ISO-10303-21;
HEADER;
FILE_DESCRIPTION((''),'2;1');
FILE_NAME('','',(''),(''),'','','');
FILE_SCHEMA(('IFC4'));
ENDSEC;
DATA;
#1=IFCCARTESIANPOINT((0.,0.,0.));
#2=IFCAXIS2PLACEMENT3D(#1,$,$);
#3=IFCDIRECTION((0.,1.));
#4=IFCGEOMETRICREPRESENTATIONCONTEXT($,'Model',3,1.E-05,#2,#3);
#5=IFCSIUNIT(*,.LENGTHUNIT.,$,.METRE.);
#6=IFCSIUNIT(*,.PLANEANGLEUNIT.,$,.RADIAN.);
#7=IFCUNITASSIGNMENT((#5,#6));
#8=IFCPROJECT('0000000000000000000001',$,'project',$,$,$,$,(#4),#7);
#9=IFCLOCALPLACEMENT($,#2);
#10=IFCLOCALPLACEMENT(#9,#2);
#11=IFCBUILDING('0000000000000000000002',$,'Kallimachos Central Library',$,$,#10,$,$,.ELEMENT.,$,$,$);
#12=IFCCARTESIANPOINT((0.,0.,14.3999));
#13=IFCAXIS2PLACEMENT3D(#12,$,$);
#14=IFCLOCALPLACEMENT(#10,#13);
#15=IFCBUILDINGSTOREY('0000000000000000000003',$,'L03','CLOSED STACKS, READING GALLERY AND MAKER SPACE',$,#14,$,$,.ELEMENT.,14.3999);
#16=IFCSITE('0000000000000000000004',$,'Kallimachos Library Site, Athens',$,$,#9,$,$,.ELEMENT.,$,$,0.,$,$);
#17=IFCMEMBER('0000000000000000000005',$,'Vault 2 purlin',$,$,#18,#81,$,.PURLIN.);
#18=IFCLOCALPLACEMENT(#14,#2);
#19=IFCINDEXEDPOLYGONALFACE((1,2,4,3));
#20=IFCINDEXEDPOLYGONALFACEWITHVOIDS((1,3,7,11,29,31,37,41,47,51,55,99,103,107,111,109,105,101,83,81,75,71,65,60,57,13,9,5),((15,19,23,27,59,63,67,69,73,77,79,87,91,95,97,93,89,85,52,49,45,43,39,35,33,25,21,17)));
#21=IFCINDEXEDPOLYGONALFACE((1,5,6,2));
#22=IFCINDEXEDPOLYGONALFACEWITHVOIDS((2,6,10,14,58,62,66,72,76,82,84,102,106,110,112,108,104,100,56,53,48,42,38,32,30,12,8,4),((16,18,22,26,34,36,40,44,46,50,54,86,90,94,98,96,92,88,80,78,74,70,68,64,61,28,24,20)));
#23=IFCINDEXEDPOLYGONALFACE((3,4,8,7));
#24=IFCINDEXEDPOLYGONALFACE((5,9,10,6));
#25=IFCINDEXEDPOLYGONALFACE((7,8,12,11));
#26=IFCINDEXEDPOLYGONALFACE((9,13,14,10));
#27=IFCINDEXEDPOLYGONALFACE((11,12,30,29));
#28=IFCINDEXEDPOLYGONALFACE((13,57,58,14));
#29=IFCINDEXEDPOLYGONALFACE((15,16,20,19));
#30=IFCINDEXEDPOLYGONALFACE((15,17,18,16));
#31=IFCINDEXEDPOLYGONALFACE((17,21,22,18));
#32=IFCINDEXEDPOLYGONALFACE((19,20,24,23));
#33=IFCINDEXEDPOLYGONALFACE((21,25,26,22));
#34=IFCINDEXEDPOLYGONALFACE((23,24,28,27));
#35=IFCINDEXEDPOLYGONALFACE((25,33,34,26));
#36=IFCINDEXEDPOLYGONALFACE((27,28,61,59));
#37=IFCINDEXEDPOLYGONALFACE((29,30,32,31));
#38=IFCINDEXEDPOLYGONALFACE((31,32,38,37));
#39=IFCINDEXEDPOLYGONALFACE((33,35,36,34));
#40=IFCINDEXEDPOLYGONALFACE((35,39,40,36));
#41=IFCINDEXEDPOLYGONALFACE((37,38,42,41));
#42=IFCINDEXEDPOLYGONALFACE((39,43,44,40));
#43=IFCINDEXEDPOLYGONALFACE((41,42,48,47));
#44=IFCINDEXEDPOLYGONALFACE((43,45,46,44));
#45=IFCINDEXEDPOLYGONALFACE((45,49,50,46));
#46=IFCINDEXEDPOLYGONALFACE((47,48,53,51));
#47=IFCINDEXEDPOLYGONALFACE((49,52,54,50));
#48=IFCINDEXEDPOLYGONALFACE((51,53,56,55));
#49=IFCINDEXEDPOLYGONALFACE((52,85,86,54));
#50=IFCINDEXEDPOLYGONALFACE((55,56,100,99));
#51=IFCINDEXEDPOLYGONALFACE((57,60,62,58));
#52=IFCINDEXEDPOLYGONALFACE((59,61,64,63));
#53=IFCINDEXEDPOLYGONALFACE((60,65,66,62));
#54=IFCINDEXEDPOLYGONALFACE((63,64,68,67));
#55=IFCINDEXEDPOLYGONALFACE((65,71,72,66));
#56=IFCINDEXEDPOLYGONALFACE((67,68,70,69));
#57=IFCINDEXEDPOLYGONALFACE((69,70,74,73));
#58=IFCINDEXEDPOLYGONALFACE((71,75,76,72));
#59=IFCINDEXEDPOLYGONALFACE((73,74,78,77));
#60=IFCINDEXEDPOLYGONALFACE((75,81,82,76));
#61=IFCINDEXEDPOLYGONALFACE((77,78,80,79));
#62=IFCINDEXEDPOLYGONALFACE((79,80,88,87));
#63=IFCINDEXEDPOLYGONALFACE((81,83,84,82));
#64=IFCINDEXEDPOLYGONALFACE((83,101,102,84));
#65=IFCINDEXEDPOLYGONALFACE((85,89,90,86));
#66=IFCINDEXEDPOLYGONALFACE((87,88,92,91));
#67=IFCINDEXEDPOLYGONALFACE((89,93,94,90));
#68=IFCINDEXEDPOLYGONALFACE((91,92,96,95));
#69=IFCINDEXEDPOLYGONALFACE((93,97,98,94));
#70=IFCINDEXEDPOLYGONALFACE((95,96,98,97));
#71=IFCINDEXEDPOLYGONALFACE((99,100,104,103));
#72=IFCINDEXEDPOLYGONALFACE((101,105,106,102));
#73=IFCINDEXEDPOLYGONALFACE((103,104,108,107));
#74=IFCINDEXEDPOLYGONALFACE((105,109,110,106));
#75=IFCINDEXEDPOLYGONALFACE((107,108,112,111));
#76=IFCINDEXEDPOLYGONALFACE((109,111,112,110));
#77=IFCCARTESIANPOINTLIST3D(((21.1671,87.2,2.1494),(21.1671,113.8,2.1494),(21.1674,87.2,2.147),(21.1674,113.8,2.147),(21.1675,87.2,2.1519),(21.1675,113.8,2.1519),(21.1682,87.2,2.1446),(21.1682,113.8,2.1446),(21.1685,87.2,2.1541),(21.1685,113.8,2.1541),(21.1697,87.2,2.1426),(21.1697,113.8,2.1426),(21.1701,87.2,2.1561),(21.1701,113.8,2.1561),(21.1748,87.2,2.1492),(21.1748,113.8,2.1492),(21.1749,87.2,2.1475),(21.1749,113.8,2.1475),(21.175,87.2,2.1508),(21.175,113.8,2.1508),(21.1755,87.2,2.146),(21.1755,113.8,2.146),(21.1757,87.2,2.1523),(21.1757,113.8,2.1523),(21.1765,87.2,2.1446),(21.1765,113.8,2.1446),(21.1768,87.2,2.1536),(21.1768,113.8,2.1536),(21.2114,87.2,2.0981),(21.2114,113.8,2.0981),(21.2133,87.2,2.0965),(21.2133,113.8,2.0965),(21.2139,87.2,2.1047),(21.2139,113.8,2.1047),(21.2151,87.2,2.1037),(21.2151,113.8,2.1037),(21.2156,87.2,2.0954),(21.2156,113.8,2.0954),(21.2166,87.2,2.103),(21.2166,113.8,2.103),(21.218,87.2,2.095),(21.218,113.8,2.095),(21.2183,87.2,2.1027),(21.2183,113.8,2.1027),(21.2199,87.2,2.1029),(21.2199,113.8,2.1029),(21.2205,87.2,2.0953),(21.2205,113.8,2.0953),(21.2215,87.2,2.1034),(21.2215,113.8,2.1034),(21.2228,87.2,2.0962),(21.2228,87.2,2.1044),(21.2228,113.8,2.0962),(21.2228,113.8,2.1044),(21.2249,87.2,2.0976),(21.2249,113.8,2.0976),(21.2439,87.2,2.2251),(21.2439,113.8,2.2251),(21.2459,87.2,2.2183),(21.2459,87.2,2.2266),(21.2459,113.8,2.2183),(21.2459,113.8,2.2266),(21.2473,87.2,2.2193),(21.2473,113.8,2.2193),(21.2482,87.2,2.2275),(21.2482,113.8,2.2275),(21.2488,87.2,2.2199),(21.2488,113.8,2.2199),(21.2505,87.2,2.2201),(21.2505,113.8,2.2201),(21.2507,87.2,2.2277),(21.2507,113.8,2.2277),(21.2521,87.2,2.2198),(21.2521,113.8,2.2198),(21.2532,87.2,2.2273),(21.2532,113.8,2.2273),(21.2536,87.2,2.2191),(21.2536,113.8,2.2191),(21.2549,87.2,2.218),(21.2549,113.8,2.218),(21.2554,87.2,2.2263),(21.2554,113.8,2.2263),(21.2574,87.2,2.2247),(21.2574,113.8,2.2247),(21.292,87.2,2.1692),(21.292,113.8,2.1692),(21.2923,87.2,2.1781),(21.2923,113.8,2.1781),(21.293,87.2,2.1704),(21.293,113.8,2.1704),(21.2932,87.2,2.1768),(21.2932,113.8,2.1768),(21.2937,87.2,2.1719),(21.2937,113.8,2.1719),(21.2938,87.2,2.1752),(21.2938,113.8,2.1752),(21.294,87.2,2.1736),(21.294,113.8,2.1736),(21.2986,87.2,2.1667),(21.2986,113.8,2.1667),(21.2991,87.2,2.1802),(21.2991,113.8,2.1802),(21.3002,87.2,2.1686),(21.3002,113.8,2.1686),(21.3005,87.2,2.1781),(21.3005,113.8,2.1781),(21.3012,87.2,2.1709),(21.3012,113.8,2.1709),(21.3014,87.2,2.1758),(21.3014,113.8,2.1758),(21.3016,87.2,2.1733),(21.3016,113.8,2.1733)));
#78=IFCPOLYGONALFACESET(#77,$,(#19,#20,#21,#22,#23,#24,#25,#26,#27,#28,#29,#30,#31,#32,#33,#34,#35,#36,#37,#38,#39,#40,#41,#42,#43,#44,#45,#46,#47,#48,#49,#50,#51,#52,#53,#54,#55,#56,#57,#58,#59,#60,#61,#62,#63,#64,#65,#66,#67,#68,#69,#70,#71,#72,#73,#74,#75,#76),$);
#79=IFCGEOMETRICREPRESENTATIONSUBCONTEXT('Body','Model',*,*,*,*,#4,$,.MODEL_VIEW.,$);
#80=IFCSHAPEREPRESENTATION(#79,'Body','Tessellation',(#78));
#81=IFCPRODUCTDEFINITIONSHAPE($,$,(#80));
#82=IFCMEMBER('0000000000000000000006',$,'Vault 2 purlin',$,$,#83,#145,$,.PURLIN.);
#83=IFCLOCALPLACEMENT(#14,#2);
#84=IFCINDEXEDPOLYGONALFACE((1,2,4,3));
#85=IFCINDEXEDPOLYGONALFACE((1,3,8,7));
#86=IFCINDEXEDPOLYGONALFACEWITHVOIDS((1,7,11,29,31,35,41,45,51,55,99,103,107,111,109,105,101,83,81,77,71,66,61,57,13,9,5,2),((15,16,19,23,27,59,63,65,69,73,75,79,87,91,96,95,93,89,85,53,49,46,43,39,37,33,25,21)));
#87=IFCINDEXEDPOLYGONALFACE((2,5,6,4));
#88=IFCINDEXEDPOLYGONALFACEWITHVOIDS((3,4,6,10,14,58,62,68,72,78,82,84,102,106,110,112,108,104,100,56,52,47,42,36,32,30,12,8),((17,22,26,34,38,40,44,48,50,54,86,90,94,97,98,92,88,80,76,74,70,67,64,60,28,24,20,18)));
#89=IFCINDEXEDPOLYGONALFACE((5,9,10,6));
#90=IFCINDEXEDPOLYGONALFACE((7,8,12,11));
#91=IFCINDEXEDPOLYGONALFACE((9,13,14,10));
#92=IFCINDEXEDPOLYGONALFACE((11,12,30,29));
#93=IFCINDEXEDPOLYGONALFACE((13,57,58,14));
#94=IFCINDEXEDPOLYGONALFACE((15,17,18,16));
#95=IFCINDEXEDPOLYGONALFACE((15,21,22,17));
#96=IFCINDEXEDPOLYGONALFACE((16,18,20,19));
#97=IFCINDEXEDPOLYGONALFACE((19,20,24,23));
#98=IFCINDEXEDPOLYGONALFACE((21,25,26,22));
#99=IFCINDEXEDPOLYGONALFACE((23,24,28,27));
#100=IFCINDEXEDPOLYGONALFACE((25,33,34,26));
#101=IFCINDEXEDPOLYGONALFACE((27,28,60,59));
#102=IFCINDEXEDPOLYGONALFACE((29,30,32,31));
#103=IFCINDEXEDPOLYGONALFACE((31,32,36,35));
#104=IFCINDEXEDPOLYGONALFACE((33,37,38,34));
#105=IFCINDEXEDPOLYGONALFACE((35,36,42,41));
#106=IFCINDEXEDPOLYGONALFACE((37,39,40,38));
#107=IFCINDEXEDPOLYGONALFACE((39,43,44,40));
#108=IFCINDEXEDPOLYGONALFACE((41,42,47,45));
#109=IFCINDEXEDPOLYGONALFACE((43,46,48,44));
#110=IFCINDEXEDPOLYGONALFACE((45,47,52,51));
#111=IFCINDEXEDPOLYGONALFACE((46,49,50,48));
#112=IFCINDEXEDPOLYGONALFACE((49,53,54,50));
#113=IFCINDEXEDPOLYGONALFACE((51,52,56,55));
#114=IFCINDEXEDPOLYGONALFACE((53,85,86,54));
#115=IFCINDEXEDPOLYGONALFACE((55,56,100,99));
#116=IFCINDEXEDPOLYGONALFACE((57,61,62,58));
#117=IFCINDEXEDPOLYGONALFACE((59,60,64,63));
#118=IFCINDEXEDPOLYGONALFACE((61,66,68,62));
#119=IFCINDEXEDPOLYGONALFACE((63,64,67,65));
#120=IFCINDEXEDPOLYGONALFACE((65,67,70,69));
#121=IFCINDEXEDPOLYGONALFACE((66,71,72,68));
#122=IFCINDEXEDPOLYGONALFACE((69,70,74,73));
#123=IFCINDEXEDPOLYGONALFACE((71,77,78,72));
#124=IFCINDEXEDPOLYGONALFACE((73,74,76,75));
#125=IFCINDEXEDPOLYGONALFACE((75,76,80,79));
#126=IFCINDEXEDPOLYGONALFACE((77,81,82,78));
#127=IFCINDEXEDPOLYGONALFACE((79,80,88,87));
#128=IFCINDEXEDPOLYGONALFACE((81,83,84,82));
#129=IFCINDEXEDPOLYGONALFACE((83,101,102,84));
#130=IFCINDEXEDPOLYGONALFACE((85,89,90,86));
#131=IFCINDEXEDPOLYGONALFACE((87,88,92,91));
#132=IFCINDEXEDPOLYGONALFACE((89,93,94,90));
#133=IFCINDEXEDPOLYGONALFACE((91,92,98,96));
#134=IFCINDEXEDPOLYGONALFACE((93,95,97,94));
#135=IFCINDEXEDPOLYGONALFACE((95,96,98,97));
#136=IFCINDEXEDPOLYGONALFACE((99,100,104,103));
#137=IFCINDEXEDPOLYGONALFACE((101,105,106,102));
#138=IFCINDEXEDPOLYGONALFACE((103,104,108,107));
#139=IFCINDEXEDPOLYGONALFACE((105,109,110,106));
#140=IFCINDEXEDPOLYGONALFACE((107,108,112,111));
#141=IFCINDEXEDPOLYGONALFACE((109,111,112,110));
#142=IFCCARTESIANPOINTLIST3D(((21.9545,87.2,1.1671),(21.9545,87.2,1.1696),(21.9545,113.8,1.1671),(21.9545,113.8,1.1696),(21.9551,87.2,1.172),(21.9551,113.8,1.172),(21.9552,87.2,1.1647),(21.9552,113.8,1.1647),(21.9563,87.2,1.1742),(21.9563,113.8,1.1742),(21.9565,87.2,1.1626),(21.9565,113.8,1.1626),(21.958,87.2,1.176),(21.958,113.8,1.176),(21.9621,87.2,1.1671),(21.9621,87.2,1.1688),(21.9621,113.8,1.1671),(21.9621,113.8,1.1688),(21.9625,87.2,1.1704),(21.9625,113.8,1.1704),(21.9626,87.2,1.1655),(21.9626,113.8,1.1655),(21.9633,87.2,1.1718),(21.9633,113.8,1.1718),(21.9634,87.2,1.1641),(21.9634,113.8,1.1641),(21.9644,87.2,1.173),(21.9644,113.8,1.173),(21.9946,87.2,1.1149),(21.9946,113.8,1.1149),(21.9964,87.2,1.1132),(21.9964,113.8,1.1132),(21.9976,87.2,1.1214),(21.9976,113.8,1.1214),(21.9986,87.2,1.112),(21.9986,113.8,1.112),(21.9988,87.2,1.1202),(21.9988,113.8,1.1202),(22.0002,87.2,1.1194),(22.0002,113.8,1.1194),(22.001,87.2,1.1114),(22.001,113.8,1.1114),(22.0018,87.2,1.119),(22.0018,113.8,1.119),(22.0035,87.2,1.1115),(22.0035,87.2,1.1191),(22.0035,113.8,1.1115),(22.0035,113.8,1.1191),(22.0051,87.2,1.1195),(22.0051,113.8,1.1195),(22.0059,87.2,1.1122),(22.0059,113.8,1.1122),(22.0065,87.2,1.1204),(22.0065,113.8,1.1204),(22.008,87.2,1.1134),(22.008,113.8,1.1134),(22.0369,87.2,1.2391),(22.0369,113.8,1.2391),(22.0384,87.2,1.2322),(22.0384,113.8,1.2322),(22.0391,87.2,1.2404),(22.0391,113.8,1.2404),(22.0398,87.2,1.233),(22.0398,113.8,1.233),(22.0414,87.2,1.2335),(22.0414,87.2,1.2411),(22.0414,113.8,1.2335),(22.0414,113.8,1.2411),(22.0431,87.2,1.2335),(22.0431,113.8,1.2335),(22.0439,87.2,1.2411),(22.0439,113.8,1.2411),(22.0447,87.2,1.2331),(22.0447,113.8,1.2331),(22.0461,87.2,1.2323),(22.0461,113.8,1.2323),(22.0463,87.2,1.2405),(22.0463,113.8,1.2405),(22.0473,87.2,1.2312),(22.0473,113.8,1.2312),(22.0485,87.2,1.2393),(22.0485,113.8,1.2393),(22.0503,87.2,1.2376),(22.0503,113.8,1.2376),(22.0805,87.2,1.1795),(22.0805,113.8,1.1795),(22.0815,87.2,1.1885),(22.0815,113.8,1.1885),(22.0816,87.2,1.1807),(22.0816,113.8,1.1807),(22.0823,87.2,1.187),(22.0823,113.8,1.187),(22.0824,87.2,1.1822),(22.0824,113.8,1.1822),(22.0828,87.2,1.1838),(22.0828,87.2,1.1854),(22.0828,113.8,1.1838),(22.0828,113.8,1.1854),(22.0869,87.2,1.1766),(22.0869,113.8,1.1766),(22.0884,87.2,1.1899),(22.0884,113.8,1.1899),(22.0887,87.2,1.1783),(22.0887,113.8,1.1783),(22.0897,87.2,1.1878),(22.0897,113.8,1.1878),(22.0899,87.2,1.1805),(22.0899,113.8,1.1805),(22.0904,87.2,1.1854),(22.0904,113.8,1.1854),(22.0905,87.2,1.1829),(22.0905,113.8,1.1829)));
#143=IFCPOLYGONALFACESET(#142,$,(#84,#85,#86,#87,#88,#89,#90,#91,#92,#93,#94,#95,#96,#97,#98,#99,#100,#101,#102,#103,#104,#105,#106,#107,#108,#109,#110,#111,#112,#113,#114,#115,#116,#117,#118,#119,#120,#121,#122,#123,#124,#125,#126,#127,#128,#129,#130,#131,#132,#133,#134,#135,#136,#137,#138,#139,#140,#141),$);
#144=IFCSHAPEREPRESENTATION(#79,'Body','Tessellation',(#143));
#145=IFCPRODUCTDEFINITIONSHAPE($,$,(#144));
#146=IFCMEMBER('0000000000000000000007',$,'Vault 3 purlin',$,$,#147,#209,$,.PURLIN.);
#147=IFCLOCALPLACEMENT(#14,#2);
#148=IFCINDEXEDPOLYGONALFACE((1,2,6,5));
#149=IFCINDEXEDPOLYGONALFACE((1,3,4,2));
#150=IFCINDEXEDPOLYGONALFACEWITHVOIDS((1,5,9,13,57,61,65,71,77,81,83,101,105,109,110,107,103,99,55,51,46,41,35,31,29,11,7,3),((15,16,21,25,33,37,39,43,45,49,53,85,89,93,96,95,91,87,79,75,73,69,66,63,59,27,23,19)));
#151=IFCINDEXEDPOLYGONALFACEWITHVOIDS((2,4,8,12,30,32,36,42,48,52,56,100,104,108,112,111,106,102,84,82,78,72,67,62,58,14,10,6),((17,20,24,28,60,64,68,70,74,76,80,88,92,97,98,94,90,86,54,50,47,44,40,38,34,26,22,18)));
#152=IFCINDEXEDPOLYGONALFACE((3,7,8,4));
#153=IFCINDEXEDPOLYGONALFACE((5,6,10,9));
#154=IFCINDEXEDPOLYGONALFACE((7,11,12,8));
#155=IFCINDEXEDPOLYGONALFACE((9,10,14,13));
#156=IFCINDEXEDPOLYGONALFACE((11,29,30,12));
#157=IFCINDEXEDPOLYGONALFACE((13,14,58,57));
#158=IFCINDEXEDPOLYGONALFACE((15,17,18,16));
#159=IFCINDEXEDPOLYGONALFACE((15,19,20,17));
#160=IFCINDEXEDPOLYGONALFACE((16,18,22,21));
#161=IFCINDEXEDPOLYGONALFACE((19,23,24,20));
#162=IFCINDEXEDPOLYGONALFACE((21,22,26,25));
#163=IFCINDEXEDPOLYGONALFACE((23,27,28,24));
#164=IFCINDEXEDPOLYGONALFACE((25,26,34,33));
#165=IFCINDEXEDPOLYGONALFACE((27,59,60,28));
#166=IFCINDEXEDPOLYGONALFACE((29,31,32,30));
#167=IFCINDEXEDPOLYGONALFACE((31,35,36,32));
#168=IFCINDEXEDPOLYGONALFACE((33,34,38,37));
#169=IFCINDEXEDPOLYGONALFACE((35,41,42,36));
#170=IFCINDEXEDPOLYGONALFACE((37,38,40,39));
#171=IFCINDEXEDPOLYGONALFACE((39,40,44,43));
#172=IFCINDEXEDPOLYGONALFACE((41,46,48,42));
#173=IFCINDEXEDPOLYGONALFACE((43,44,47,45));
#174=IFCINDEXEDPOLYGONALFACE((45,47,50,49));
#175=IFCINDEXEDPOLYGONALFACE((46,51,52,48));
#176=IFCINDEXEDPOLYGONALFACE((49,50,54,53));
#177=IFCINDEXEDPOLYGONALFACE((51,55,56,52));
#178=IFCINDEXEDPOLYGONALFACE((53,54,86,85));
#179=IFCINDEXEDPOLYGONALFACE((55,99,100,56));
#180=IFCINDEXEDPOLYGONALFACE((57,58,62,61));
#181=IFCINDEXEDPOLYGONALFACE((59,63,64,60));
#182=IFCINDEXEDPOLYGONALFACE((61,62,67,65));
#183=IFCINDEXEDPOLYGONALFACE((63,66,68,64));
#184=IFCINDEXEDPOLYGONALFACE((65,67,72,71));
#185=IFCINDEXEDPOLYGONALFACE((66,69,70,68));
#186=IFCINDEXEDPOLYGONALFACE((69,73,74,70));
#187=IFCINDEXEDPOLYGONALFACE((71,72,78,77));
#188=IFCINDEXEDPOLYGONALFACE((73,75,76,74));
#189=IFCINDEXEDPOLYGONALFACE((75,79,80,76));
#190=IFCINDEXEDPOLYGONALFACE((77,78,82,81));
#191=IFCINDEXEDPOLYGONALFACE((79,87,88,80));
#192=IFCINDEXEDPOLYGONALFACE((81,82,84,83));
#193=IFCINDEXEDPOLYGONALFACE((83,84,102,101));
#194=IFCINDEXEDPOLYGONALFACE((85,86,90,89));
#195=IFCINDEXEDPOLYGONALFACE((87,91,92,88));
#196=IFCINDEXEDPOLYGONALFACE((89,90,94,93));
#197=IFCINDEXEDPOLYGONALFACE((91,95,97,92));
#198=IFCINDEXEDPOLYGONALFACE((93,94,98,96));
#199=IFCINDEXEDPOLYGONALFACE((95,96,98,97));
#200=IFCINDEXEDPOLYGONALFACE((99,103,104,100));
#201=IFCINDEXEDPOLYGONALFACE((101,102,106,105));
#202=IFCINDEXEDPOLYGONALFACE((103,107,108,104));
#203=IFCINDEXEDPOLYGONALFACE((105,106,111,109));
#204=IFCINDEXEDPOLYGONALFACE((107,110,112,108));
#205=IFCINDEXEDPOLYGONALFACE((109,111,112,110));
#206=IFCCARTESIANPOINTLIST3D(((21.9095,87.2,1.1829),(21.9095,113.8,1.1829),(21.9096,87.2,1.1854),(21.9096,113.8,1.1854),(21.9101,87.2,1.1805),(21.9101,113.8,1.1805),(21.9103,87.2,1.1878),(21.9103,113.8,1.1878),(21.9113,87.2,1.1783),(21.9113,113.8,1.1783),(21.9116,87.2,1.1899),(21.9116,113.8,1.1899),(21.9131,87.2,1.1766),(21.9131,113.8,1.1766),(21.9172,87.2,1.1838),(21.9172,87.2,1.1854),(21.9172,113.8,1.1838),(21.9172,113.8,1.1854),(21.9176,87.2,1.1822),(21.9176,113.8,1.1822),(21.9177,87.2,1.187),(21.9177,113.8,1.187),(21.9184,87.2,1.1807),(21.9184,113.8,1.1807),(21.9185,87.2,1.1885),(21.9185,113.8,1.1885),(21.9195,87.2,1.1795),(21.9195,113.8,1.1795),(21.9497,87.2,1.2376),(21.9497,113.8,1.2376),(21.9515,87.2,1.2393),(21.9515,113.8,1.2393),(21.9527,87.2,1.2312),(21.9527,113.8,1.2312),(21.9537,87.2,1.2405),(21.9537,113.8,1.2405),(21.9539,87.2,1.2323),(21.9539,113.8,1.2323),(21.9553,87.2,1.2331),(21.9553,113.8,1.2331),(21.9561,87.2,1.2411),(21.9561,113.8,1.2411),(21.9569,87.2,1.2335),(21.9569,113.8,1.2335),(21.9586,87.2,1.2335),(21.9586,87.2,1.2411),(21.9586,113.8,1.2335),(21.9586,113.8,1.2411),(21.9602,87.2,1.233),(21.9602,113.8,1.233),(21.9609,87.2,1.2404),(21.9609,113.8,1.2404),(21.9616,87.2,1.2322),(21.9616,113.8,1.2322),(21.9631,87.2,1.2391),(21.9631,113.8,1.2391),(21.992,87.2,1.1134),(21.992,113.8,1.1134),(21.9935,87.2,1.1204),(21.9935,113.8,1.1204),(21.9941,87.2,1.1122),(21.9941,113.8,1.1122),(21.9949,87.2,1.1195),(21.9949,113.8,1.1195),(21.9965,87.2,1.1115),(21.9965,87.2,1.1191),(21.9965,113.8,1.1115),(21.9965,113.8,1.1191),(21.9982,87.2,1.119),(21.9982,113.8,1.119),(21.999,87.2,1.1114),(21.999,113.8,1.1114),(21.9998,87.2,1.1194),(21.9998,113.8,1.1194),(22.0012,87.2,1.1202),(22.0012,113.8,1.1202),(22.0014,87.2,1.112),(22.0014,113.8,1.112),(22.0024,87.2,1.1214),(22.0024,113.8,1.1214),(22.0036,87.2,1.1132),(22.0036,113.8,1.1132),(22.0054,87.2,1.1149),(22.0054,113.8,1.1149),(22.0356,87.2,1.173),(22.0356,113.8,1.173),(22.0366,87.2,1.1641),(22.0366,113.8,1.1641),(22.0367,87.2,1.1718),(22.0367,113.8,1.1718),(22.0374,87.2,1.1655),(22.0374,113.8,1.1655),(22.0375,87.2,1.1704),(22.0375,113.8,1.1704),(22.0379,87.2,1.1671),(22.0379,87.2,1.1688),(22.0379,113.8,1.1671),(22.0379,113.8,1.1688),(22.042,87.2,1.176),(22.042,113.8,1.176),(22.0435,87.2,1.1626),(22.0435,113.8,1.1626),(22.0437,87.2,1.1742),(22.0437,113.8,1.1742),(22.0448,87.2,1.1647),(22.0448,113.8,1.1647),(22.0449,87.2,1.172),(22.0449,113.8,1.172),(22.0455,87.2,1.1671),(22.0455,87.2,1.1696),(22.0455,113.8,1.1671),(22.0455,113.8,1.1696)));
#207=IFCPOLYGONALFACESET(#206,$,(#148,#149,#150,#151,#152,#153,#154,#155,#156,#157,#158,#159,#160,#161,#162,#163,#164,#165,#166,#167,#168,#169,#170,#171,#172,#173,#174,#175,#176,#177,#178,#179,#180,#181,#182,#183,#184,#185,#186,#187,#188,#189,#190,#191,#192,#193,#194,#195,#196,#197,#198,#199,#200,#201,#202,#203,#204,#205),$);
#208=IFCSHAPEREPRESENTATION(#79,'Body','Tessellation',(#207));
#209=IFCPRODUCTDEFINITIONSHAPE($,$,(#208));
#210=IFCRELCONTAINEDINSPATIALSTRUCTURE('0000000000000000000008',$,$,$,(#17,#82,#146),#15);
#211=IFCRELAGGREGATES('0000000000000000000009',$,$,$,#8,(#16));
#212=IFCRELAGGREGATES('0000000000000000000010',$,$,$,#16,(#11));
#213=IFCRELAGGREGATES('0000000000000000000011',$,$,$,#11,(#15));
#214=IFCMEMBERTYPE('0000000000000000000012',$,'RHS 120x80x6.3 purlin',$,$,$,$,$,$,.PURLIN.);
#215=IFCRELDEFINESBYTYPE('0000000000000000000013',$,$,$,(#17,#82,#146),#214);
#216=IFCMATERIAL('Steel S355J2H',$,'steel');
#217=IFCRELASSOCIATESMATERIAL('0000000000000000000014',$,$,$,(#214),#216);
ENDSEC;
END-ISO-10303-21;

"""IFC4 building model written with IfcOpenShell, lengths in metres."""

from ifc_helpers import new_model, si_unit, direction, frame, origin, origin_2d, place, context, subcontext, project, spatial, hollow_rectangle, extrude, material, material_profile, profile_set, type_object, element, save


model = new_model("IFC4")

# Units and contexts
model_context = context("Model", 3, precision=1e-05, world=origin(), true_north=direction((0.0, 1.0)))
body_context = subcontext(model_context, "Body", "Model", "MODEL_VIEW")
ifc_project = project(units=[si_unit("LENGTHUNIT", "METRE"), si_unit("PLANEANGLEUNIT", "RADIAN")], contexts=[model_context])

# Site, building, storey
site_placement = place(None, origin())
site = spatial("IfcSite", under=ifc_project, at=site_placement, Name="Kallimachos Library Site, Athens", CompositionType="ELEMENT", RefElevation=0.0)
building_placement = place(site_placement, origin())
building = spatial("IfcBuilding", under=site, at=building_placement, Name="Kallimachos Central Library", CompositionType="ELEMENT")
storey_placement = place(building_placement, frame((0.0, 0.0, 14.3999)))
storey = spatial("IfcBuildingStorey", under=building, at=storey_placement, Name="L03", Description="CLOSED STACKS, READING GALLERY AND MAKER SPACE", CompositionType="ELEMENT", Elevation=14.3999)

# Members
ifc_material_1 = material(Name="Steel S355J2H", Category="steel")
ifc_material_profile = material_profile(ifc_material_1, hollow_rectangle(XDim=0.0801, YDim=0.1201, WallThickness=0.0063, InnerFilletRadius=0.0063, OuterFilletRadius=0.0095, at=origin_2d()), Name="RHS 120x80x6.3")
ifc_profile_set = profile_set([ifc_material_profile], Name="Steel S355J2H")
member_type = type_object("IfcMemberType", Name="RHS 120x80x6.3 purlin", PredefinedType="PURLIN", material=ifc_profile_set)
for number, where, z_axis, x_axis, name in (
    (1, (21.2344, 87.2, 2.1614), (0.0, 1.0, 0.0), (-0.683497, 0.0, 0.729953), "Vault 2 purlin"),
    (2, (22.0225, 87.2, 1.1763), (0.0, 1.0, 0.0), (-0.62444, 0.0, 0.781072), "Vault 2 purlin"),
    (3, (21.9775, 87.2, 1.1763), (0.0, 1.0, 0.0), (-0.62444, 0.0, -0.781072), "Vault 3 purlin"),
):
    element("IfcMember", number, at=place(storey_placement, frame(where, z_axis=z_axis, x_axis=x_axis)), inside=storey, type_object=member_type, Name=name, PredefinedType="PURLIN", context=body_context, shape_type="SweptSolid", body=[
        extrude(hollow_rectangle(XDim=0.0801, YDim=0.1201, WallThickness=0.0063, InnerFilletRadius=0.0063, OuterFilletRadius=0.0095, at=origin_2d()), origin(), (0.0, 0.0, 1.0), 26.6001),
    ])

save(model, "model.ifc")
